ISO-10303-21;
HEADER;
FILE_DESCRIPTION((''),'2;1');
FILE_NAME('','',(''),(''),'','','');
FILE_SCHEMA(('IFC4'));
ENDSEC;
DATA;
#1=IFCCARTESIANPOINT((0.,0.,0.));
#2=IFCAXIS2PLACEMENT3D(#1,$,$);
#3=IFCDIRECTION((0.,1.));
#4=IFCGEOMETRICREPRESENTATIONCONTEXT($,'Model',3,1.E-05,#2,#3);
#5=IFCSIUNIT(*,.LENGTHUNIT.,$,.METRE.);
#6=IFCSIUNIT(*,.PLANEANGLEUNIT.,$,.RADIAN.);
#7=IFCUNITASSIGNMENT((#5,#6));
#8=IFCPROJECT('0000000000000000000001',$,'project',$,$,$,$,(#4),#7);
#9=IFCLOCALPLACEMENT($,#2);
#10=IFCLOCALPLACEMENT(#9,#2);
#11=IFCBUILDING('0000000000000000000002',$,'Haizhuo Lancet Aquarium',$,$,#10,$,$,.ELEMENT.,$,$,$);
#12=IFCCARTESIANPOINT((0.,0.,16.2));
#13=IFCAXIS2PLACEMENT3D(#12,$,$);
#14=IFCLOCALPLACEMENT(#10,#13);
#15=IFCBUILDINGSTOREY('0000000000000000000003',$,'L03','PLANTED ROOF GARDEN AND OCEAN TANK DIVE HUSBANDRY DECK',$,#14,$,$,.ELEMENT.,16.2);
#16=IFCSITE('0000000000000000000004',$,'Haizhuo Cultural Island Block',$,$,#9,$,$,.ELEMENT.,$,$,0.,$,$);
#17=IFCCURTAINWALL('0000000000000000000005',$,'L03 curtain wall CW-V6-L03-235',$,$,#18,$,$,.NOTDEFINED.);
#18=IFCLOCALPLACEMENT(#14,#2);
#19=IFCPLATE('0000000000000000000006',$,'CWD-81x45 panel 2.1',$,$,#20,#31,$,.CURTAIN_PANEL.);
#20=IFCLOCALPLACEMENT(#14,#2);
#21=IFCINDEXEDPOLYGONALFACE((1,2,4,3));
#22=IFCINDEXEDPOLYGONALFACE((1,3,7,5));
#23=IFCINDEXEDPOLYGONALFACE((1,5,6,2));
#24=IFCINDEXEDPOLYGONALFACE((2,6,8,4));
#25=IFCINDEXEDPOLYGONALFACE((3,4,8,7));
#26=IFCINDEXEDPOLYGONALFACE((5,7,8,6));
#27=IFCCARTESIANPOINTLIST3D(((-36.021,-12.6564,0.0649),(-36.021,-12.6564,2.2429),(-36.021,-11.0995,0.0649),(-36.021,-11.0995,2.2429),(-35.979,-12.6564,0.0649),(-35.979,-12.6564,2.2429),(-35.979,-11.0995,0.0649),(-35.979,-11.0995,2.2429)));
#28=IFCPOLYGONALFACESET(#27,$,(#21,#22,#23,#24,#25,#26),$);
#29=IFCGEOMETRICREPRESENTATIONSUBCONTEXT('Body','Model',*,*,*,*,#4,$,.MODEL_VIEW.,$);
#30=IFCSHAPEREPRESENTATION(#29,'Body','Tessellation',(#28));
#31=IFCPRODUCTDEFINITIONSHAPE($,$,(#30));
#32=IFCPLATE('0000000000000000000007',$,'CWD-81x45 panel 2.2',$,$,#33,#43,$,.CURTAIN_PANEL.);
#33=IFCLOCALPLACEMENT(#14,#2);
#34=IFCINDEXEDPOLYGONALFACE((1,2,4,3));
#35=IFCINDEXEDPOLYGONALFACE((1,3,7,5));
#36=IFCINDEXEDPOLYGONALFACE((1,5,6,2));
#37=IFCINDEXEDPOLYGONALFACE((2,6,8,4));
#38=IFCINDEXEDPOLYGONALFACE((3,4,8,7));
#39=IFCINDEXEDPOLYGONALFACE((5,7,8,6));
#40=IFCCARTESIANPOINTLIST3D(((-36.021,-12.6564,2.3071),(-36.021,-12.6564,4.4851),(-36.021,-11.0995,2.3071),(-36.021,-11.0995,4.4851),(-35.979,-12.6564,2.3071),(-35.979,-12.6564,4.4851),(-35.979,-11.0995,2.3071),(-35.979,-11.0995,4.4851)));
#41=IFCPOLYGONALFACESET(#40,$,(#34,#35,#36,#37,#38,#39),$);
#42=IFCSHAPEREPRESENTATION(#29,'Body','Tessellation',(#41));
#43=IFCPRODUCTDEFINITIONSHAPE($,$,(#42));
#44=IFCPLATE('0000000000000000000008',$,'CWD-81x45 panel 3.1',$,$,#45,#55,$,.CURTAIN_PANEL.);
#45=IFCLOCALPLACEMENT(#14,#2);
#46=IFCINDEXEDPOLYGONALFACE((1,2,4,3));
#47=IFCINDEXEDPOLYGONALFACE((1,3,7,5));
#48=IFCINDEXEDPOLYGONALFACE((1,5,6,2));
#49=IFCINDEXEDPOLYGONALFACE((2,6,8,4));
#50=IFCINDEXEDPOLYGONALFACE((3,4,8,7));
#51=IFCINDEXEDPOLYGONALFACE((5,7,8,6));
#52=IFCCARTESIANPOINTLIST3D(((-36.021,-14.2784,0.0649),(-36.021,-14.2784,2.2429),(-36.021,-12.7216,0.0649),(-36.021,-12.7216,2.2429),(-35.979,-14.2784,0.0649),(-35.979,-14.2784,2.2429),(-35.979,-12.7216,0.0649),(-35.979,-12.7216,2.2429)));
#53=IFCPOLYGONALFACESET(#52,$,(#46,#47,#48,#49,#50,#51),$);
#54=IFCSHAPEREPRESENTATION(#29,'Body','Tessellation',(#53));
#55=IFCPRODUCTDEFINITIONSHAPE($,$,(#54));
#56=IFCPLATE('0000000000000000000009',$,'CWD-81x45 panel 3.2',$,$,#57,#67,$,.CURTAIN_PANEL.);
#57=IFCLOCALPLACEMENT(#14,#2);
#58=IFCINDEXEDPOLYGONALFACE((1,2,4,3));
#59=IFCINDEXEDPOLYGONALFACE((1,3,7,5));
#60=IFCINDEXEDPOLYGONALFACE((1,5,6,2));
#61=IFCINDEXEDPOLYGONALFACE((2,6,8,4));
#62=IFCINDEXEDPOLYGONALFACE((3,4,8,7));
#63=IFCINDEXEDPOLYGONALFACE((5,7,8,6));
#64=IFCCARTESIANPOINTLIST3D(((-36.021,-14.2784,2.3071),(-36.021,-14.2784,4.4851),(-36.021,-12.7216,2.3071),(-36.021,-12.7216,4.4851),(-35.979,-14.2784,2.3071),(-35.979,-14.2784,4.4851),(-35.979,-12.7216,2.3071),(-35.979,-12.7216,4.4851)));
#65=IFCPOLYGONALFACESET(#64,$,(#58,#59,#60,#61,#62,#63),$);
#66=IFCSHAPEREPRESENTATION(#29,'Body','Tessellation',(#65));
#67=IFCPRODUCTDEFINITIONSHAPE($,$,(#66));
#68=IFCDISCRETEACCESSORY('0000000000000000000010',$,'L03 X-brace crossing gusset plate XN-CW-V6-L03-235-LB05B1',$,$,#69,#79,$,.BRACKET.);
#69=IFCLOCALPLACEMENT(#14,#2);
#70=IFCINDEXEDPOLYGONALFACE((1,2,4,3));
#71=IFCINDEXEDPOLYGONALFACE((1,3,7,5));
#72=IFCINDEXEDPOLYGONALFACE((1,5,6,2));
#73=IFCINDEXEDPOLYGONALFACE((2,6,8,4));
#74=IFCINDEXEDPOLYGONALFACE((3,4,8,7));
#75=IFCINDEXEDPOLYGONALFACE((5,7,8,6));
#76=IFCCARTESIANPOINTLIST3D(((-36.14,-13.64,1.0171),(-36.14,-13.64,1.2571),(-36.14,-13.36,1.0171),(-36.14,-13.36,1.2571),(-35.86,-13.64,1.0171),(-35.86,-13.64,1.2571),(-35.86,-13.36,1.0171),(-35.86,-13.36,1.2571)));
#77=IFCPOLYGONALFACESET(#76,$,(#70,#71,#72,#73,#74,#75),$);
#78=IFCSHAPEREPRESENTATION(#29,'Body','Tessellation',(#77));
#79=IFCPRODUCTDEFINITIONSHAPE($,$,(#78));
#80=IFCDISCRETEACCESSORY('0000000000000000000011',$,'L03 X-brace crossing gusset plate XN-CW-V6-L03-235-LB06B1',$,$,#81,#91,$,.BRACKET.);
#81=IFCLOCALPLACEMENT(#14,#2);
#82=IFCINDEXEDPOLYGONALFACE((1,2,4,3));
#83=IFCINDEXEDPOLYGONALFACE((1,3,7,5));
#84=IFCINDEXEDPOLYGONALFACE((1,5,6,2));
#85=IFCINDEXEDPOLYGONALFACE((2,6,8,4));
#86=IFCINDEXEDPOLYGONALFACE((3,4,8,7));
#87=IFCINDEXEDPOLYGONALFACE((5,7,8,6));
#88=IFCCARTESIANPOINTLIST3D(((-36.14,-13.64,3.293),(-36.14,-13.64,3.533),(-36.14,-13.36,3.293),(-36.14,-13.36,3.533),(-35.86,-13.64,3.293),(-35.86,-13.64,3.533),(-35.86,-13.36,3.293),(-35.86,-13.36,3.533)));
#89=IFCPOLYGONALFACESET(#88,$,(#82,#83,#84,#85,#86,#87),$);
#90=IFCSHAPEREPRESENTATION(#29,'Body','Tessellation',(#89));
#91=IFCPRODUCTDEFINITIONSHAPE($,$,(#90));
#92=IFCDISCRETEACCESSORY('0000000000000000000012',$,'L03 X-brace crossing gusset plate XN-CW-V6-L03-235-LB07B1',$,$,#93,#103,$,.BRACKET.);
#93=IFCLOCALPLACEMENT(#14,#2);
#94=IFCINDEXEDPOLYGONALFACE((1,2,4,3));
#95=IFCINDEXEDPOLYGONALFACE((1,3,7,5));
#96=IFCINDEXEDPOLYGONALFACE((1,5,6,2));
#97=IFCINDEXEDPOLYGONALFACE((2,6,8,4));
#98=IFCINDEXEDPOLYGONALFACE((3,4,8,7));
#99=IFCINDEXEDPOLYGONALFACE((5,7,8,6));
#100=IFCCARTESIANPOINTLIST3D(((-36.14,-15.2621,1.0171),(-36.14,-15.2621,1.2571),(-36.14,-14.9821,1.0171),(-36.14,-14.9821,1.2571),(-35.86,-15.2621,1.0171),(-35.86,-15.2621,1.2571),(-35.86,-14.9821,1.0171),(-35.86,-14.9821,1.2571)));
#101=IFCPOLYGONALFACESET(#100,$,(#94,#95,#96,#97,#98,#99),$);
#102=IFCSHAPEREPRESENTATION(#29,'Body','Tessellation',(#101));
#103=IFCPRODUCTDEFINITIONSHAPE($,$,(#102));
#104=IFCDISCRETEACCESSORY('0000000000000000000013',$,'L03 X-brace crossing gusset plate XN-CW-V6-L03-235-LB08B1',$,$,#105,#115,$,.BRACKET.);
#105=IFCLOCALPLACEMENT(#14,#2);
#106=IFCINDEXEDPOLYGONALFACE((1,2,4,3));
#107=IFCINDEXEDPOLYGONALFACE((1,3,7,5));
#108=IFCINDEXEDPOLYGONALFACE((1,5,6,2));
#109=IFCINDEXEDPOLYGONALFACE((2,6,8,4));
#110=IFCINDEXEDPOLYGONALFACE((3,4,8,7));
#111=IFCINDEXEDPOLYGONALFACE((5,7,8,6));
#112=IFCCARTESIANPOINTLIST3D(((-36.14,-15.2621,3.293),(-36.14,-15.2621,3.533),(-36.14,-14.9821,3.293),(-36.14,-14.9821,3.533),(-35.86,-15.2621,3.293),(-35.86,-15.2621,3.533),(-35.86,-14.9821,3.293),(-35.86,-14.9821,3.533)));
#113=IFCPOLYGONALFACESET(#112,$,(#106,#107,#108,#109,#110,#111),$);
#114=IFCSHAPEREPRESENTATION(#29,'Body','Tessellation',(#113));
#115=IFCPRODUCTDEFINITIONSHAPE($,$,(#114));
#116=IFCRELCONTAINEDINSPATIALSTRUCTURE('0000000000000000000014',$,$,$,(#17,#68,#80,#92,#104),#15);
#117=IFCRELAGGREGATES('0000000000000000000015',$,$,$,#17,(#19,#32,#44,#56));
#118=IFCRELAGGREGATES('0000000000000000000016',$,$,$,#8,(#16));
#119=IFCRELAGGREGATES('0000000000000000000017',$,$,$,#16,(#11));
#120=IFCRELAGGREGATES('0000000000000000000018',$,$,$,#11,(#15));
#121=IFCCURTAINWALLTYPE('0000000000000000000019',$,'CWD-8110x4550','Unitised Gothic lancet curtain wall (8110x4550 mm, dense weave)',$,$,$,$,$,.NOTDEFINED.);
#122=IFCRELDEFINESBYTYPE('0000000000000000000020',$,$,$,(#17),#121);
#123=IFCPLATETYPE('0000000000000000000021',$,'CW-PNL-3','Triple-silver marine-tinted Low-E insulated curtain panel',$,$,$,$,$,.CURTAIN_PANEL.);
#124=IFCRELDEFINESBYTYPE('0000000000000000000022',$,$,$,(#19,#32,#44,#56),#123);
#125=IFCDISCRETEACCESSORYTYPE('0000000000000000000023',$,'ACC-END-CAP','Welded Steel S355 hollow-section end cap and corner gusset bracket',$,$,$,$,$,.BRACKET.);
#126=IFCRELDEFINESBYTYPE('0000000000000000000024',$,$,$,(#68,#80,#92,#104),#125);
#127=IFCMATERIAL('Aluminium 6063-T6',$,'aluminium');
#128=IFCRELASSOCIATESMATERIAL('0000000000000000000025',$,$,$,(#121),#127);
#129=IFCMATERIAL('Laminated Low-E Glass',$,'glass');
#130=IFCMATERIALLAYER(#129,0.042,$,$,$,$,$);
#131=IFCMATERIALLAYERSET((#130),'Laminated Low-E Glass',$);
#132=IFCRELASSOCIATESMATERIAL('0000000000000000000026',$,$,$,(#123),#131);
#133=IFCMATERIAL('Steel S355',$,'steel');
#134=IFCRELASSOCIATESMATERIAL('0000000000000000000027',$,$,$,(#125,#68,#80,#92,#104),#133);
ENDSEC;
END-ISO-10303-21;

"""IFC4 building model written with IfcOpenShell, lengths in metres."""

from ifc_helpers import new_model, si_unit, direction, frame, origin, origin_2d, place, context, subcontext, project, spatial, rectangle, extrude, material, layer, layer_set, type_object, element, aggregate, save


model = new_model("IFC4")

# Units and contexts
model_context = context("Model", 3, precision=1e-05, world=origin(), true_north=direction((0.0, 1.0)))
body_context = subcontext(model_context, "Body", "Model", "MODEL_VIEW")
ifc_project = project(units=[si_unit("LENGTHUNIT", "METRE"), si_unit("PLANEANGLEUNIT", "RADIAN")], contexts=[model_context])

# Site, building, storey
site_placement = place(None, origin())
site = spatial("IfcSite", under=ifc_project, at=site_placement, Name="Haizhuo Cultural Island Block", CompositionType="ELEMENT", RefElevation=0.0)
building_placement = place(site_placement, origin())
building = spatial("IfcBuilding", under=site, at=building_placement, Name="Haizhuo Lancet Aquarium", CompositionType="ELEMENT")
storey_placement = place(building_placement, frame((0.0, 0.0, 16.2)))
storey = spatial("IfcBuildingStorey", under=building, at=storey_placement, Name="L03", Description="PLANTED ROOF GARDEN AND OCEAN TANK DIVE HUSBANDRY DECK", CompositionType="ELEMENT", Elevation=16.2)

# Curtain wall
ifc_material_1 = material(Name="Aluminium 6063-T6", Category="aluminium")
curtain_wall_type = type_object("IfcCurtainWallType", Name="CWD-8110x4550", Description="Unitised Gothic lancet curtain wall (8110x4550 mm, dense weave)", PredefinedType="NOTDEFINED", material=ifc_material_1)
curtain_wall_placement = place(storey_placement, origin())
curtain_wall = element("IfcCurtainWall", 1, at=curtain_wall_placement, inside=storey, type_object=curtain_wall_type, Name="L03 curtain wall CW-V6-L03-235", PredefinedType="NOTDEFINED")

# Shared definitions
ifc_material_2 = material(Name="Steel S355", Category="steel")

# Plates
ifc_material_3 = material(Name="Laminated Low-E Glass", Category="glass")
ifc_layer = layer(ifc_material_3, 0.042)
ifc_layer_set = layer_set([ifc_layer], Name="Laminated Low-E Glass")
plate_type = type_object("IfcPlateType", Name="CW-PNL-3", Description="Triple-silver marine-tinted Low-E insulated curtain panel", PredefinedType="CURTAIN_PANEL", material=ifc_layer_set)
plate_1_placement = place(storey_placement, frame((-36.0, -11.8779, 0.0649), z_axis=(0.0, 0.0, 1.0), x_axis=(0.0, -1.0, 0.0)))
plate_1 = element("IfcPlate", 2, at=plate_1_placement, type_object=plate_type, Name="CWD-81x45 panel 2.1", PredefinedType="CURTAIN_PANEL", context=body_context, shape_type="SweptSolid", body=[
    extrude(rectangle(XDim=1.5569, YDim=0.042, at=origin_2d()), origin(), (0.0, 0.0, 1.0), 2.178),
])
plate_2_placement = place(storey_placement, frame((-36.0, -11.8779, 2.3071), z_axis=(0.0, 0.0, 1.0), x_axis=(0.0, -1.0, 0.0)))
plate_2 = element("IfcPlate", 3, at=plate_2_placement, type_object=plate_type, Name="CWD-81x45 panel 2.2", PredefinedType="CURTAIN_PANEL", context=body_context, shape_type="SweptSolid", body=[
    extrude(rectangle(XDim=1.5569, YDim=0.042, at=origin_2d()), origin(), (0.0, 0.0, 1.0), 2.178),
])
plate_3_placement = place(storey_placement, frame((-36.0, -13.5, 0.0649), z_axis=(0.0, 0.0, 1.0), x_axis=(0.0, -1.0, 0.0)))
plate_3 = element("IfcPlate", 4, at=plate_3_placement, type_object=plate_type, Name="CWD-81x45 panel 3.1", PredefinedType="CURTAIN_PANEL", context=body_context, shape_type="SweptSolid", body=[
    extrude(rectangle(XDim=1.5569, YDim=0.042, at=origin_2d()), origin(), (0.0, 0.0, 1.0), 2.178),
])
plate_4_placement = place(storey_placement, frame((-36.0, -13.5, 2.3071), z_axis=(0.0, 0.0, 1.0), x_axis=(0.0, -1.0, 0.0)))
plate_4 = element("IfcPlate", 5, at=plate_4_placement, type_object=plate_type, Name="CWD-81x45 panel 3.2", PredefinedType="CURTAIN_PANEL", context=body_context, shape_type="SweptSolid", body=[
    extrude(rectangle(XDim=1.5569, YDim=0.042, at=origin_2d()), origin(), (0.0, 0.0, 1.0), 2.178),
])
aggregate(curtain_wall, [plate_1, plate_2, plate_3, plate_4])

# Discrete accessories
discrete_accessory_type = type_object("IfcDiscreteAccessoryType", Name="ACC-END-CAP", Description="Welded Steel S355 hollow-section end cap and corner gusset bracket", PredefinedType="BRACKET", material=ifc_material_2)
for number, where, z_axis, x_axis, name in (
    (6, (-36.0, -13.5, 1.0171), (0.0, 0.0, 1.0), (1.0, 0.0, 0.0), "L03 X-brace crossing gusset plate XN-CW-V6-L03-235-LB05B1"),
    (7, (-36.0, -13.5, 3.293), (0.0, 0.0, 1.0), (1.0, 0.0, 0.0), "L03 X-brace crossing gusset plate XN-CW-V6-L03-235-LB06B1"),
    (8, (-36.0, -15.1221, 1.0171), (0.0, 0.0, 1.0), (1.0, 0.0, 0.0), "L03 X-brace crossing gusset plate XN-CW-V6-L03-235-LB07B1"),
    (9, (-36.0, -15.1221, 3.293), (0.0, 0.0, 1.0), (1.0, 0.0, 0.0), "L03 X-brace crossing gusset plate XN-CW-V6-L03-235-LB08B1"),
):
    element("IfcDiscreteAccessory", number, at=place(storey_placement, frame(where, z_axis=z_axis, x_axis=x_axis)), inside=storey, type_object=discrete_accessory_type, material=ifc_material_2, Name=name, PredefinedType="BRACKET", context=body_context, shape_type="SweptSolid", body=[
        extrude(rectangle(XDim=0.28, YDim=0.28, at=origin_2d()), origin(), (0.0, 0.0, 1.0), 0.24),
    ])

save(model, "model.ifc")
